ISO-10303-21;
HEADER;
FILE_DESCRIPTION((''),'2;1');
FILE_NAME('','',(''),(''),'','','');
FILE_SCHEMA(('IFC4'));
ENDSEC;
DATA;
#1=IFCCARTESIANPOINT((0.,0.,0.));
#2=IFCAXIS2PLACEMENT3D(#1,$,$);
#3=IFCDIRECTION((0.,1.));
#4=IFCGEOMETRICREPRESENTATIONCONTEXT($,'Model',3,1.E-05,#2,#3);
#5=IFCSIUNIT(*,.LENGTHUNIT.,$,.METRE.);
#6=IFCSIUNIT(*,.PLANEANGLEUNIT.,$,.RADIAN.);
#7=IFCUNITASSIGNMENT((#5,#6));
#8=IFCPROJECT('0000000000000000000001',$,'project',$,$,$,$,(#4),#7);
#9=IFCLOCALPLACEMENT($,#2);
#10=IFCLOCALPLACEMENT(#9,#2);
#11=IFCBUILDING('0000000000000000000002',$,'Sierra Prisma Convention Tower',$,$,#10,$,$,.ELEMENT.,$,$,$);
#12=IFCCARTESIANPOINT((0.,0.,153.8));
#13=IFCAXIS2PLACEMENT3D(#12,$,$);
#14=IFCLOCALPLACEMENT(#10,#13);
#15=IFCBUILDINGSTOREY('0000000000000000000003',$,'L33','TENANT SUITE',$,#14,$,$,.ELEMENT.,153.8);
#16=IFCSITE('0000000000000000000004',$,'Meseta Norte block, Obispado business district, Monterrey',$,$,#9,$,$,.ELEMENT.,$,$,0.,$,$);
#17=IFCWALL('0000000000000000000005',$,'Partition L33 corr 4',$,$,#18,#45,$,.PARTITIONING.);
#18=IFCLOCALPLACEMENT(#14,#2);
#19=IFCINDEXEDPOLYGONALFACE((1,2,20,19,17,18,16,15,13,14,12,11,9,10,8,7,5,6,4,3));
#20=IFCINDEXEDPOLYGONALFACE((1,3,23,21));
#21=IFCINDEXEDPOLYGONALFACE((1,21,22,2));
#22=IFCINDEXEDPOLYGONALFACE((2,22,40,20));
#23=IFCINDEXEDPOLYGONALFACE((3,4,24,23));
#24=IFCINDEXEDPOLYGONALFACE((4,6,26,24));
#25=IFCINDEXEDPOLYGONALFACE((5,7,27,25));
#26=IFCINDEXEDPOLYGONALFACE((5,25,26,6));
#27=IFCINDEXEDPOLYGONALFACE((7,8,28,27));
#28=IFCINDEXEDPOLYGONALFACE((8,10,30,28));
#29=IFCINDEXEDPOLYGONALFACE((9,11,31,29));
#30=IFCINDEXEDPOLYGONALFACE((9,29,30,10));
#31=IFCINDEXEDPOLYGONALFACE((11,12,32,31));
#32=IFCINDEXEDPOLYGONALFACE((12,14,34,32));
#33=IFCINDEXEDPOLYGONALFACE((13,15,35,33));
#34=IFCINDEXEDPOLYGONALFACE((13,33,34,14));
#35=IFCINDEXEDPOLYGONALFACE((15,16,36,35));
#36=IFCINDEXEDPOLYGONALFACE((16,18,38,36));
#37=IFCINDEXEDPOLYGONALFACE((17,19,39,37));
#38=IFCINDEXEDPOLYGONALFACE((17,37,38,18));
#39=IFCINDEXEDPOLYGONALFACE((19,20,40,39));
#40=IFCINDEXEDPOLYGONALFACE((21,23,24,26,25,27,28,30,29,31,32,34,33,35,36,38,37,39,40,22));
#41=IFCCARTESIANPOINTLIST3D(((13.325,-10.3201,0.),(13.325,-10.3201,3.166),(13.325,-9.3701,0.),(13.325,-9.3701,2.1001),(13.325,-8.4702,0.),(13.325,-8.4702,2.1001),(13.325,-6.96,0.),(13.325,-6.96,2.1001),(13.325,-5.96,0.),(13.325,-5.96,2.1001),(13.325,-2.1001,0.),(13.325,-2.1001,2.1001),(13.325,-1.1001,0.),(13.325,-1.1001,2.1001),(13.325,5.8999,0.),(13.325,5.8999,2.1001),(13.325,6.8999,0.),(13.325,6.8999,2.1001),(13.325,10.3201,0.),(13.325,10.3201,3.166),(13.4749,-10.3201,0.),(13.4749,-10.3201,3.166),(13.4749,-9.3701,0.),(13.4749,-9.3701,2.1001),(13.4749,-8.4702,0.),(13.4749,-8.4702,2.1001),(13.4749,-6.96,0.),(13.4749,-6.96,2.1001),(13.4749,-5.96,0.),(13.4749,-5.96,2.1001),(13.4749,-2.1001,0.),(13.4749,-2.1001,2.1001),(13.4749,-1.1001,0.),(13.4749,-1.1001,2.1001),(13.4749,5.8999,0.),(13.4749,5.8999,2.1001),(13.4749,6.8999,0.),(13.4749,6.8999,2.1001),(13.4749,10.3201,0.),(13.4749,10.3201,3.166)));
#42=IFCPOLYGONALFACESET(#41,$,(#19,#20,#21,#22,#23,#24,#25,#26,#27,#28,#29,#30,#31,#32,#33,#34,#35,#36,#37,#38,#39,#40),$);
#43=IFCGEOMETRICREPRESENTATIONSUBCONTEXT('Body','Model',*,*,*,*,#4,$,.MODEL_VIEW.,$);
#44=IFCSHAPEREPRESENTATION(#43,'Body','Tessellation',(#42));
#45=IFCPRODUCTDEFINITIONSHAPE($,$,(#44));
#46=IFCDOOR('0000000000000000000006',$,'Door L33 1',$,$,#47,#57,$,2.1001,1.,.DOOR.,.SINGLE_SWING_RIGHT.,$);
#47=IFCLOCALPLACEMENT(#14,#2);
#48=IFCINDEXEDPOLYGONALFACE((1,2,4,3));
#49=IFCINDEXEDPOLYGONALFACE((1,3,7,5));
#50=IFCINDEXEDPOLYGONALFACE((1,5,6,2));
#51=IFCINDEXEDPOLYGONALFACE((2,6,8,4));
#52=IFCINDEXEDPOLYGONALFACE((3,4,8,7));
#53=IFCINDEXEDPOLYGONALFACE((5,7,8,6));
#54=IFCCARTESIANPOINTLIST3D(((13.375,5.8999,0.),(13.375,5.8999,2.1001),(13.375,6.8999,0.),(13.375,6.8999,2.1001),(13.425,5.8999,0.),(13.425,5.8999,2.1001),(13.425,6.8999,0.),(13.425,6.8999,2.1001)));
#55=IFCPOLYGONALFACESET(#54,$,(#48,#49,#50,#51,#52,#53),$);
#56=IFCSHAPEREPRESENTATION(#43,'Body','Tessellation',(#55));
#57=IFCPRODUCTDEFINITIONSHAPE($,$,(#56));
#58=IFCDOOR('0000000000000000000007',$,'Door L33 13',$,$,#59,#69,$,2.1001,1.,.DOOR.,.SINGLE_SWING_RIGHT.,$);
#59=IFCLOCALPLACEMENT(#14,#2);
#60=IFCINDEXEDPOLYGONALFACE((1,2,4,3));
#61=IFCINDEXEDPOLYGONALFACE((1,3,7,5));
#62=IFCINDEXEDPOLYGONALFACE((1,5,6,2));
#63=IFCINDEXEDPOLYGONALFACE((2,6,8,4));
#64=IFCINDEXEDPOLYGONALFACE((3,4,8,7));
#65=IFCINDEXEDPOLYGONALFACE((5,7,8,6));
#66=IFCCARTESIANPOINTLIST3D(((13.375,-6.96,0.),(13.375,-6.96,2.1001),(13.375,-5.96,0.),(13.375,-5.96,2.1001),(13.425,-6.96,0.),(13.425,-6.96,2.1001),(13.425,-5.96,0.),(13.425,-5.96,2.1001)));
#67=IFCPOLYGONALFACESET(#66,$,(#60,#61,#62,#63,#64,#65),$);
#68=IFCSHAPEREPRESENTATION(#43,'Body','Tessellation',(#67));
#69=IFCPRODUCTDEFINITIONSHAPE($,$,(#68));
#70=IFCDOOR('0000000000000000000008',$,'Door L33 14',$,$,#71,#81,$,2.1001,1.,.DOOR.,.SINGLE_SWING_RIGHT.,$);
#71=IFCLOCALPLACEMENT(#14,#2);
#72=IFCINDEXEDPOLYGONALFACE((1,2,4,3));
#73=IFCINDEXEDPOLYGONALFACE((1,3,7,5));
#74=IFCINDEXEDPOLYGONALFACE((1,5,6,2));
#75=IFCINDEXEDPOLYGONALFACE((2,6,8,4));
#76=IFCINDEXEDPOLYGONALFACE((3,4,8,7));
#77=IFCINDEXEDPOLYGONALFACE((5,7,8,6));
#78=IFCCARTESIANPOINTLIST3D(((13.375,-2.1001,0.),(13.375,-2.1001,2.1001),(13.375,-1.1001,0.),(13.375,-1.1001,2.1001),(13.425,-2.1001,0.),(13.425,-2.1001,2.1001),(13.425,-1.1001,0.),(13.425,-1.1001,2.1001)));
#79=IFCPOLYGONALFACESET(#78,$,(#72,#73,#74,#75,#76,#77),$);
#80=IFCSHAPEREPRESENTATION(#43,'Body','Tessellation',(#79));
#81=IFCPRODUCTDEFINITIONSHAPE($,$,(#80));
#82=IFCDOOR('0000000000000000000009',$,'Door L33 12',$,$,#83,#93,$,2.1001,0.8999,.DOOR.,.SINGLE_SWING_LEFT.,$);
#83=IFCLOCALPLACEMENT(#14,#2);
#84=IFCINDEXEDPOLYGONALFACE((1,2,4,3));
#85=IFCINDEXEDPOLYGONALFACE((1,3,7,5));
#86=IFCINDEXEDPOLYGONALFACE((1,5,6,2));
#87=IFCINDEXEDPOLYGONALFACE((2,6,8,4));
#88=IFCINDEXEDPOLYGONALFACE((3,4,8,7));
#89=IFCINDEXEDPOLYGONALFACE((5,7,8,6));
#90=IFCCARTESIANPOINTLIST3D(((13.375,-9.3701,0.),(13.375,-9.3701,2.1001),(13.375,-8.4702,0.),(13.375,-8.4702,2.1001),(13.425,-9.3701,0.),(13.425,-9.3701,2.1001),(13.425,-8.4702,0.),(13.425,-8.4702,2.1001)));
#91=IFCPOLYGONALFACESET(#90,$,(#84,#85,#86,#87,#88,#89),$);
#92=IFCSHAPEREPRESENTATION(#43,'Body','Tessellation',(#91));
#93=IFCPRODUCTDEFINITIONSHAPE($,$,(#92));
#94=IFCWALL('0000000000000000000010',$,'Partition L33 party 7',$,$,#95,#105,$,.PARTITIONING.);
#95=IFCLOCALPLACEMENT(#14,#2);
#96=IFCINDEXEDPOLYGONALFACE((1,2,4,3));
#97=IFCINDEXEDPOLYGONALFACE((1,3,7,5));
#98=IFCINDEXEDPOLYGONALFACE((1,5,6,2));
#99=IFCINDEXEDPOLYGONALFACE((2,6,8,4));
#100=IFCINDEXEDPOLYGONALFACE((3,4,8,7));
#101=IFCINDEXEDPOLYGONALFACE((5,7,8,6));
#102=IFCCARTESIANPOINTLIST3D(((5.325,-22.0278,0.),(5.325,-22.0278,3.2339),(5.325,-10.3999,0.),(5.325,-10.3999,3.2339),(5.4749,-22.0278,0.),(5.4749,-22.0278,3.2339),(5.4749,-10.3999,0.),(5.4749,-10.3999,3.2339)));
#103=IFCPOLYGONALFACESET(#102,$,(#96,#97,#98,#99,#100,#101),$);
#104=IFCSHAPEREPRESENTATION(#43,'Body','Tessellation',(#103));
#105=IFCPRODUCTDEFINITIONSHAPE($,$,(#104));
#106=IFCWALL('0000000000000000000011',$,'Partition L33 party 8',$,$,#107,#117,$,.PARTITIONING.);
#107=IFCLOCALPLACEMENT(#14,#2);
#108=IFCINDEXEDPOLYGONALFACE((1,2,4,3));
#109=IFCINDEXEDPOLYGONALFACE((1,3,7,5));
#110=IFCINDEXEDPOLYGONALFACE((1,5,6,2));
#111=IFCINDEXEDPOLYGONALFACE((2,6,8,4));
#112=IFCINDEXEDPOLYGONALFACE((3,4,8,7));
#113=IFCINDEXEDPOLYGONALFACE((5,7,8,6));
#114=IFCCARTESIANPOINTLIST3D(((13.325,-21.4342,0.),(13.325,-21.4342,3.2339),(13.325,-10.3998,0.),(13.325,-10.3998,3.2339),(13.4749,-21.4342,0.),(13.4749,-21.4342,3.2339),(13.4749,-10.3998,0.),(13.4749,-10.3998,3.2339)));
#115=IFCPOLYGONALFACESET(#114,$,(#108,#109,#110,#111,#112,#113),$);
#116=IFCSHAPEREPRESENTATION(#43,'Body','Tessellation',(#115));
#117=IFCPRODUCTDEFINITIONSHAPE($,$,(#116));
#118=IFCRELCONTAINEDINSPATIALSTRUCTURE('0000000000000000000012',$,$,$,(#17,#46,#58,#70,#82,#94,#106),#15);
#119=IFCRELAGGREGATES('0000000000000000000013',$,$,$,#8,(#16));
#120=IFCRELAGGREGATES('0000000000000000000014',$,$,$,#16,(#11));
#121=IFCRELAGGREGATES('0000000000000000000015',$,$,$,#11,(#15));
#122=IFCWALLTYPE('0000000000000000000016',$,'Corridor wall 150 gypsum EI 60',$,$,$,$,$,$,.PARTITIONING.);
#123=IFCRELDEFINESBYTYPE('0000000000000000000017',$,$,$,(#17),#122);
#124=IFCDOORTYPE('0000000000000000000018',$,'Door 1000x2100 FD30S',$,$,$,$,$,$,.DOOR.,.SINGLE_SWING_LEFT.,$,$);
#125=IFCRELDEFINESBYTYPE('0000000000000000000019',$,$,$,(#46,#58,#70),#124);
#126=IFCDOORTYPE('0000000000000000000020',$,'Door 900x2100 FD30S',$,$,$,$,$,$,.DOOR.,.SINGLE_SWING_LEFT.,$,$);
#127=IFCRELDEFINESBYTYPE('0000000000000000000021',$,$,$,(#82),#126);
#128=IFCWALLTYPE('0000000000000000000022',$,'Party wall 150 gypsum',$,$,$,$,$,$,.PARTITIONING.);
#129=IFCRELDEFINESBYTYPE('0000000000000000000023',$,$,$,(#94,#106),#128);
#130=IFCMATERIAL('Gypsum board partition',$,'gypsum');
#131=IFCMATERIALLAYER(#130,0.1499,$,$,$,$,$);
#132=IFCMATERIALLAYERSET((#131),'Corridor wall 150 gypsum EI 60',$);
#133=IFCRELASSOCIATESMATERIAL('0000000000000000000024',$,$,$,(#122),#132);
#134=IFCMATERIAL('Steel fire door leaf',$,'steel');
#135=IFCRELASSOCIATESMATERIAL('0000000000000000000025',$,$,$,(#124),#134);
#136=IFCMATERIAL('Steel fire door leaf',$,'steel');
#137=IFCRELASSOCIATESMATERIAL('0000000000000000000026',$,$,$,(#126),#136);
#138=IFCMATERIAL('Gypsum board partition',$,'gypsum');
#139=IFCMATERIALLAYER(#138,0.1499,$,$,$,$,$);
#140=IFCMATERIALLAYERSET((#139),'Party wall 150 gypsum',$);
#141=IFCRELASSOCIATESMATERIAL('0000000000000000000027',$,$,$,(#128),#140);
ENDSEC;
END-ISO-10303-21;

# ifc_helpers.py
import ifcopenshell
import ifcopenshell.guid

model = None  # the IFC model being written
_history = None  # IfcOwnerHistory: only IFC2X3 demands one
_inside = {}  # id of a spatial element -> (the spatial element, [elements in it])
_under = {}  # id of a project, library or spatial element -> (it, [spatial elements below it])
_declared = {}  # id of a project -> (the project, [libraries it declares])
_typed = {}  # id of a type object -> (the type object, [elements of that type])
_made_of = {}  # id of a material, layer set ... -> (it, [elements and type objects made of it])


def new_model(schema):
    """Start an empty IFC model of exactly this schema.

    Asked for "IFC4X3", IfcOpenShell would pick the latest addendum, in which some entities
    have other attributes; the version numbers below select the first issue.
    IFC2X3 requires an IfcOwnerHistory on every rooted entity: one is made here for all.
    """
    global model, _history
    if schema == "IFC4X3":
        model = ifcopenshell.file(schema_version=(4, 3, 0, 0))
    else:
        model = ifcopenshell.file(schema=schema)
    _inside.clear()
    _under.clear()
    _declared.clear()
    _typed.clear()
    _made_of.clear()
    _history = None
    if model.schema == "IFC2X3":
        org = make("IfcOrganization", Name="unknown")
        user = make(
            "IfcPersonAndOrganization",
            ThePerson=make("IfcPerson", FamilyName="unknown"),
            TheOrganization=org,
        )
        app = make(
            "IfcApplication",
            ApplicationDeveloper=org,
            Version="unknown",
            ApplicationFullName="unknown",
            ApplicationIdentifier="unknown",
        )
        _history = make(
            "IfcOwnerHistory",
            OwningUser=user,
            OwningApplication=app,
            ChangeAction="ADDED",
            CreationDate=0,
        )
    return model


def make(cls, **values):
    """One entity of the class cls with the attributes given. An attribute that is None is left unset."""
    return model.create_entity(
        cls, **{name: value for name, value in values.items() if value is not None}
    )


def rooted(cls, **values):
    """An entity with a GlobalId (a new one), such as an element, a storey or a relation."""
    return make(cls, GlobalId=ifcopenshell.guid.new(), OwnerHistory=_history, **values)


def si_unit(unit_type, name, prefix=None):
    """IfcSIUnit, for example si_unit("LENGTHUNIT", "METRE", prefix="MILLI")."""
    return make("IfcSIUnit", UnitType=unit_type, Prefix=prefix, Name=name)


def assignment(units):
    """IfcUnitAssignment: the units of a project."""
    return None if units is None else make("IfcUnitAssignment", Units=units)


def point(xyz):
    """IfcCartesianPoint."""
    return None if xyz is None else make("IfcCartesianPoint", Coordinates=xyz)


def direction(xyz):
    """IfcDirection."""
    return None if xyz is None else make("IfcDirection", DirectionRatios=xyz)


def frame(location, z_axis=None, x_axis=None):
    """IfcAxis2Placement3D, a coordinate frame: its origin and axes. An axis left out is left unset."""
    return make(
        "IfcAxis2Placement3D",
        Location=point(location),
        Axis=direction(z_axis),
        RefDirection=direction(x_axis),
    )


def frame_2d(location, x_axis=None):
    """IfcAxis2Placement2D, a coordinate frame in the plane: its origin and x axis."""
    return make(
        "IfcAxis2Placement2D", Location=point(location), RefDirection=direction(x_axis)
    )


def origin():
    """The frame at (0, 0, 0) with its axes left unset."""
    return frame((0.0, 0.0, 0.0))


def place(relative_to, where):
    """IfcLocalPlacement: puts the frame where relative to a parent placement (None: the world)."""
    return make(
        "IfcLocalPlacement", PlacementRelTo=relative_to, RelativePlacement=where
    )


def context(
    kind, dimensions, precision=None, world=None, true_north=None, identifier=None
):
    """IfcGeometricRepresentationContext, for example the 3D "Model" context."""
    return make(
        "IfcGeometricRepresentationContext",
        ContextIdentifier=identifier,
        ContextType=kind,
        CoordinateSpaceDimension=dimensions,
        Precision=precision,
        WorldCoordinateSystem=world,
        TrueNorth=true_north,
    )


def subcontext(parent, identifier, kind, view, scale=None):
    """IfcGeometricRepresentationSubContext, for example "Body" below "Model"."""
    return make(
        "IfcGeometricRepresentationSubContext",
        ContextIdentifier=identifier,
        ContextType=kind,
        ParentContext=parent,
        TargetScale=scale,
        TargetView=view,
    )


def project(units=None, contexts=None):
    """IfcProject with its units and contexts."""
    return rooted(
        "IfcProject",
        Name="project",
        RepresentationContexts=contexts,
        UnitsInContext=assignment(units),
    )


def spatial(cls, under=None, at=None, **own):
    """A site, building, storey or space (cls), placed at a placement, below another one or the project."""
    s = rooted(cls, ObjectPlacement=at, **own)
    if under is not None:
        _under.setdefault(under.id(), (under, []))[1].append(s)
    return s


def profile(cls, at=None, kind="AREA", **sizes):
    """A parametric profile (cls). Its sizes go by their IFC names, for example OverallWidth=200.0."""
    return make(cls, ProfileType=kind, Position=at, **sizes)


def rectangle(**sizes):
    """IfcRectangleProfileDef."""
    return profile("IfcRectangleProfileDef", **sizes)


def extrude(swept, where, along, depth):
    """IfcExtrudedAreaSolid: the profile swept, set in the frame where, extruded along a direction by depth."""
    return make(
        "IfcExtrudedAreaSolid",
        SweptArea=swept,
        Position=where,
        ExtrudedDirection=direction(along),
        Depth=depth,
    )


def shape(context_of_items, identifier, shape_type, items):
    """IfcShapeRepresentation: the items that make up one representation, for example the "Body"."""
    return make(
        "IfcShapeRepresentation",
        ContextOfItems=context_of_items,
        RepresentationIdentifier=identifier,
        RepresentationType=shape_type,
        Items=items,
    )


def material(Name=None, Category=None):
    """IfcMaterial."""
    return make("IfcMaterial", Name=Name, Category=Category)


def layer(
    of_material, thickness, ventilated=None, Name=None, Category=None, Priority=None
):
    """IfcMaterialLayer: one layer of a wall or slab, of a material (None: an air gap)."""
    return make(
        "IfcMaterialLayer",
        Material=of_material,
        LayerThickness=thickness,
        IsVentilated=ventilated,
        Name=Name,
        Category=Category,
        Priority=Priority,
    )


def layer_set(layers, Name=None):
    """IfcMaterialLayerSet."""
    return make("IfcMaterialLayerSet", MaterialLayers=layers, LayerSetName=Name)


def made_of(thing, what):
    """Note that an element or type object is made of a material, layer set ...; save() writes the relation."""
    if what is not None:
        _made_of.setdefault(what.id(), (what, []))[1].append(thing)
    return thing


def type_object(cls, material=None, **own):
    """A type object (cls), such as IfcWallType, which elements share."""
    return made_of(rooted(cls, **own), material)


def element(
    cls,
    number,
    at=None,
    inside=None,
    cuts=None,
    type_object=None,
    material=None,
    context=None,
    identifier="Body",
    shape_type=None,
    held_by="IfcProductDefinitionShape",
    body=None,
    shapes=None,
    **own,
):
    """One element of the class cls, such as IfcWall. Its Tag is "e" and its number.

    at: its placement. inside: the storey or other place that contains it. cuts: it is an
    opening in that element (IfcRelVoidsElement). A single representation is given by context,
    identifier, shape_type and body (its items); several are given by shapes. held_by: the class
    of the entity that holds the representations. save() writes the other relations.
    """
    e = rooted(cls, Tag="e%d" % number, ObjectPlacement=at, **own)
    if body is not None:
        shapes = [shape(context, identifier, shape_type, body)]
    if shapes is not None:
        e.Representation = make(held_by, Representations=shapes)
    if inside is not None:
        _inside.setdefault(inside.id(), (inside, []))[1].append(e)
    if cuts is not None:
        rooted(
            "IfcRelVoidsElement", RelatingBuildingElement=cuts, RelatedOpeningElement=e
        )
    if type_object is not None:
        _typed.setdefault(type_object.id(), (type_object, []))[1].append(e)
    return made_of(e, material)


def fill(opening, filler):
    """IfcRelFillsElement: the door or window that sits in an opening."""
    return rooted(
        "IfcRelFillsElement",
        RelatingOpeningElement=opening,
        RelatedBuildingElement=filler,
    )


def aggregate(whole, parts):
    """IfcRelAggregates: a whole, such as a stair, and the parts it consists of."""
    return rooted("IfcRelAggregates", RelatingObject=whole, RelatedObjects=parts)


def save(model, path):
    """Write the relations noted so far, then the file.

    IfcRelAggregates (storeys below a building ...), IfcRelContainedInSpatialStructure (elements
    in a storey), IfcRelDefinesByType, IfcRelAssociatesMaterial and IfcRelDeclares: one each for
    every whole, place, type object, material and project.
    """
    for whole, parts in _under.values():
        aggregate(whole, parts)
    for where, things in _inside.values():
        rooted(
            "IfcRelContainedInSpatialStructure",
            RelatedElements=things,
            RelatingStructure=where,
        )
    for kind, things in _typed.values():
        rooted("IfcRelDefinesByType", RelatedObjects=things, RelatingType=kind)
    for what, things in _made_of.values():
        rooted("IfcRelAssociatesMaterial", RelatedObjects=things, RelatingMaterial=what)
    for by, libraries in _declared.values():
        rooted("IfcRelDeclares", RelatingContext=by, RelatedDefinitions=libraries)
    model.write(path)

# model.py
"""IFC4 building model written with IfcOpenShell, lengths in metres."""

from ifc_helpers import new_model, si_unit, direction, frame, frame_2d, origin, place, context, subcontext, project, spatial, rectangle, extrude, material, layer, layer_set, type_object, element, fill, save


model = new_model("IFC4")

# Units and contexts
model_context = context("Model", 3, precision=1e-05, world=origin(), true_north=direction((0.0, 1.0)))
body_context = subcontext(model_context, "Body", "Model", "MODEL_VIEW")
ifc_project = project(units=[si_unit("LENGTHUNIT", "METRE"), si_unit("PLANEANGLEUNIT", "RADIAN")], contexts=[model_context])

# Site, building, storey
site_placement = place(None, origin())
site = spatial("IfcSite", under=ifc_project, at=site_placement, Name="Meseta Norte block, Obispado business district, Monterrey", CompositionType="ELEMENT", RefElevation=0.0)
building_placement = place(site_placement, origin())
building = spatial("IfcBuilding", under=site, at=building_placement, Name="Sierra Prisma Convention Tower", CompositionType="ELEMENT")
storey_placement = place(building_placement, frame((0.0, 0.0, 153.8)))
storey = spatial("IfcBuildingStorey", under=building, at=storey_placement, Name="L33", Description="TENANT SUITE", CompositionType="ELEMENT", Elevation=153.8)

# Wall, openings, doors
ifc_material_1 = material(Name="Gypsum board partition", Category="gypsum")
ifc_layer_1 = layer(ifc_material_1, 0.1499)
ifc_layer_set_1 = layer_set([ifc_layer_1], Name="Corridor wall 150 gypsum EI 60")
wall_type_1 = type_object("IfcWallType", Name="Corridor wall 150 gypsum EI 60", PredefinedType="PARTITIONING", material=ifc_layer_set_1)
wall_1_placement = place(storey_placement, frame((13.3999, -10.3201, 0.0), z_axis=(0.0, 0.0, 1.0), x_axis=(0.0, 1.0, 0.0)))
wall_1 = element("IfcWall", 1, at=wall_1_placement, inside=storey, type_object=wall_type_1, Name="Partition L33 corr 4", PredefinedType="PARTITIONING", context=body_context, shape_type="SweptSolid", body=[
    extrude(rectangle(XDim=20.6401, YDim=0.1499, at=frame_2d((10.3201, 0.0))), origin(), (0.0, 0.0, 1.0), 3.166),
])
opening_1_placement = place(wall_1_placement, frame((16.22, 0.0, 0.0)))
opening_1 = element("IfcOpeningElement", 2, at=opening_1_placement, cuts=wall_1, PredefinedType="OPENING", context=body_context, shape_type="SweptSolid", body=[
    extrude(rectangle(XDim=1.0, YDim=2.1001, at=frame_2d((0.5, 1.05))), frame((0.0, 0.075, 0.0), z_axis=(0.0, -1.0, 0.0), x_axis=(1.0, 0.0, 0.0)), (0.0, 0.0, 1.0), 0.1499),
])
opening_2_placement = place(wall_1_placement, frame((0.95, 0.0, 0.0)))
opening_2 = element("IfcOpeningElement", 3, at=opening_2_placement, cuts=wall_1, PredefinedType="OPENING", context=body_context, shape_type="SweptSolid", body=[
    extrude(rectangle(XDim=0.8999, YDim=2.1001, at=frame_2d((0.45, 1.05))), frame((0.0, 0.075, 0.0), z_axis=(0.0, -1.0, 0.0), x_axis=(1.0, 0.0, 0.0)), (0.0, 0.0, 1.0), 0.1499),
])
opening_3_placement = place(wall_1_placement, frame((3.3601, 0.0, 0.0)))
opening_3 = element("IfcOpeningElement", 4, at=opening_3_placement, cuts=wall_1, PredefinedType="OPENING", context=body_context, shape_type="SweptSolid", body=[
    extrude(rectangle(XDim=1.0, YDim=2.1001, at=frame_2d((0.5, 1.05))), frame((0.0, 0.075, 0.0), z_axis=(0.0, -1.0, 0.0), x_axis=(1.0, 0.0, 0.0)), (0.0, 0.0, 1.0), 0.1499),
])
opening_4_placement = place(wall_1_placement, frame((8.22, 0.0, 0.0)))
opening_4 = element("IfcOpeningElement", 5, at=opening_4_placement, cuts=wall_1, PredefinedType="OPENING", context=body_context, shape_type="SweptSolid", body=[
    extrude(rectangle(XDim=1.0, YDim=2.1001, at=frame_2d((0.5, 1.05))), frame((0.0, 0.075, 0.0), z_axis=(0.0, -1.0, 0.0), x_axis=(1.0, 0.0, 0.0)), (0.0, 0.0, 1.0), 0.1499),
])
ifc_material_2 = material(Name="Steel fire door leaf", Category="steel")
door_type_1 = type_object("IfcDoorType", Name="Door 1000x2100 FD30S", OperationType="SINGLE_SWING_LEFT", PredefinedType="DOOR", material=ifc_material_2)
door_1_placement = place(opening_1_placement, origin())
door_1 = element("IfcDoor", 6, at=door_1_placement, inside=storey, type_object=door_type_1, Name="Door L33 1", OperationType="SINGLE_SWING_RIGHT", OverallHeight=2.1001, OverallWidth=1.0, PredefinedType="DOOR", context=body_context, shape_type="SweptSolid", body=[
    extrude(rectangle(XDim=1.0, YDim=2.1001, at=frame_2d((0.5, 1.05))), frame((0.0, 0.0249, 0.0), z_axis=(0.0, -1.0, 0.0), x_axis=(1.0, 0.0, 0.0)), (0.0, 0.0, 1.0), 0.05),
])
fill(opening_1, door_1)
door_2_placement = place(opening_3_placement, origin())
door_2 = element("IfcDoor", 7, at=door_2_placement, inside=storey, type_object=door_type_1, Name="Door L33 13", OperationType="SINGLE_SWING_RIGHT", OverallHeight=2.1001, OverallWidth=1.0, PredefinedType="DOOR", context=body_context, shape_type="SweptSolid", body=[
    extrude(rectangle(XDim=1.0, YDim=2.1001, at=frame_2d((0.5, 1.05))), frame((0.0, 0.0249, 0.0), z_axis=(0.0, -1.0, 0.0), x_axis=(1.0, 0.0, 0.0)), (0.0, 0.0, 1.0), 0.05),
])
fill(opening_3, door_2)
door_3_placement = place(opening_4_placement, origin())
door_3 = element("IfcDoor", 8, at=door_3_placement, inside=storey, type_object=door_type_1, Name="Door L33 14", OperationType="SINGLE_SWING_RIGHT", OverallHeight=2.1001, OverallWidth=1.0, PredefinedType="DOOR", context=body_context, shape_type="SweptSolid", body=[
    extrude(rectangle(XDim=1.0, YDim=2.1001, at=frame_2d((0.5, 1.05))), frame((0.0, 0.0249, 0.0), z_axis=(0.0, -1.0, 0.0), x_axis=(1.0, 0.0, 0.0)), (0.0, 0.0, 1.0), 0.05),
])
fill(opening_4, door_3)
ifc_material_3 = material(Name="Steel fire door leaf", Category="steel")
door_type_2 = type_object("IfcDoorType", Name="Door 900x2100 FD30S", OperationType="SINGLE_SWING_LEFT", PredefinedType="DOOR", material=ifc_material_3)
door_4_placement = place(opening_2_placement, origin())
door_4 = element("IfcDoor", 9, at=door_4_placement, inside=storey, type_object=door_type_2, Name="Door L33 12", OperationType="SINGLE_SWING_LEFT", OverallHeight=2.1001, OverallWidth=0.8999, PredefinedType="DOOR", context=body_context, shape_type="SweptSolid", body=[
    extrude(rectangle(XDim=0.8999, YDim=2.1001, at=frame_2d((0.45, 1.05))), frame((0.0, 0.0249, 0.0), z_axis=(0.0, -1.0, 0.0), x_axis=(1.0, 0.0, 0.0)), (0.0, 0.0, 1.0), 0.05),
])
fill(opening_2, door_4)

# Walls
ifc_material_4 = material(Name="Gypsum board partition", Category="gypsum")
ifc_layer_2 = layer(ifc_material_4, 0.1499)
ifc_layer_set_2 = layer_set([ifc_layer_2], Name="Party wall 150 gypsum")
wall_type_2 = type_object("IfcWallType", Name="Party wall 150 gypsum", PredefinedType="PARTITIONING", material=ifc_layer_set_2)
wall_2_placement = place(storey_placement, frame((5.3999, -10.3999, 0.0), z_axis=(0.0, 0.0, 1.0), x_axis=(0.0, -1.0, 0.0)))
element("IfcWall", 10, at=wall_2_placement, inside=storey, type_object=wall_type_2, Name="Partition L33 party 7", PredefinedType="PARTITIONING", context=body_context, shape_type="SweptSolid", body=[
    extrude(rectangle(XDim=11.6279, YDim=0.1499, at=frame_2d((5.814, 0.0))), origin(), (0.0, 0.0, 1.0), 3.2339),
])
wall_3_placement = place(storey_placement, frame((13.3999, -10.3999, 0.0), z_axis=(0.0, 0.0, 1.0), x_axis=(0.0, -1.0, 0.0)))
element("IfcWall", 11, at=wall_3_placement, inside=storey, type_object=wall_type_2, Name="Partition L33 party 8", PredefinedType="PARTITIONING", context=body_context, shape_type="SweptSolid", body=[
    extrude(rectangle(XDim=11.0344, YDim=0.1499, at=frame_2d((5.5171, 0.0))), origin(), (0.0, 0.0, 1.0), 3.2339),
])

save(model, "model.ifc")
